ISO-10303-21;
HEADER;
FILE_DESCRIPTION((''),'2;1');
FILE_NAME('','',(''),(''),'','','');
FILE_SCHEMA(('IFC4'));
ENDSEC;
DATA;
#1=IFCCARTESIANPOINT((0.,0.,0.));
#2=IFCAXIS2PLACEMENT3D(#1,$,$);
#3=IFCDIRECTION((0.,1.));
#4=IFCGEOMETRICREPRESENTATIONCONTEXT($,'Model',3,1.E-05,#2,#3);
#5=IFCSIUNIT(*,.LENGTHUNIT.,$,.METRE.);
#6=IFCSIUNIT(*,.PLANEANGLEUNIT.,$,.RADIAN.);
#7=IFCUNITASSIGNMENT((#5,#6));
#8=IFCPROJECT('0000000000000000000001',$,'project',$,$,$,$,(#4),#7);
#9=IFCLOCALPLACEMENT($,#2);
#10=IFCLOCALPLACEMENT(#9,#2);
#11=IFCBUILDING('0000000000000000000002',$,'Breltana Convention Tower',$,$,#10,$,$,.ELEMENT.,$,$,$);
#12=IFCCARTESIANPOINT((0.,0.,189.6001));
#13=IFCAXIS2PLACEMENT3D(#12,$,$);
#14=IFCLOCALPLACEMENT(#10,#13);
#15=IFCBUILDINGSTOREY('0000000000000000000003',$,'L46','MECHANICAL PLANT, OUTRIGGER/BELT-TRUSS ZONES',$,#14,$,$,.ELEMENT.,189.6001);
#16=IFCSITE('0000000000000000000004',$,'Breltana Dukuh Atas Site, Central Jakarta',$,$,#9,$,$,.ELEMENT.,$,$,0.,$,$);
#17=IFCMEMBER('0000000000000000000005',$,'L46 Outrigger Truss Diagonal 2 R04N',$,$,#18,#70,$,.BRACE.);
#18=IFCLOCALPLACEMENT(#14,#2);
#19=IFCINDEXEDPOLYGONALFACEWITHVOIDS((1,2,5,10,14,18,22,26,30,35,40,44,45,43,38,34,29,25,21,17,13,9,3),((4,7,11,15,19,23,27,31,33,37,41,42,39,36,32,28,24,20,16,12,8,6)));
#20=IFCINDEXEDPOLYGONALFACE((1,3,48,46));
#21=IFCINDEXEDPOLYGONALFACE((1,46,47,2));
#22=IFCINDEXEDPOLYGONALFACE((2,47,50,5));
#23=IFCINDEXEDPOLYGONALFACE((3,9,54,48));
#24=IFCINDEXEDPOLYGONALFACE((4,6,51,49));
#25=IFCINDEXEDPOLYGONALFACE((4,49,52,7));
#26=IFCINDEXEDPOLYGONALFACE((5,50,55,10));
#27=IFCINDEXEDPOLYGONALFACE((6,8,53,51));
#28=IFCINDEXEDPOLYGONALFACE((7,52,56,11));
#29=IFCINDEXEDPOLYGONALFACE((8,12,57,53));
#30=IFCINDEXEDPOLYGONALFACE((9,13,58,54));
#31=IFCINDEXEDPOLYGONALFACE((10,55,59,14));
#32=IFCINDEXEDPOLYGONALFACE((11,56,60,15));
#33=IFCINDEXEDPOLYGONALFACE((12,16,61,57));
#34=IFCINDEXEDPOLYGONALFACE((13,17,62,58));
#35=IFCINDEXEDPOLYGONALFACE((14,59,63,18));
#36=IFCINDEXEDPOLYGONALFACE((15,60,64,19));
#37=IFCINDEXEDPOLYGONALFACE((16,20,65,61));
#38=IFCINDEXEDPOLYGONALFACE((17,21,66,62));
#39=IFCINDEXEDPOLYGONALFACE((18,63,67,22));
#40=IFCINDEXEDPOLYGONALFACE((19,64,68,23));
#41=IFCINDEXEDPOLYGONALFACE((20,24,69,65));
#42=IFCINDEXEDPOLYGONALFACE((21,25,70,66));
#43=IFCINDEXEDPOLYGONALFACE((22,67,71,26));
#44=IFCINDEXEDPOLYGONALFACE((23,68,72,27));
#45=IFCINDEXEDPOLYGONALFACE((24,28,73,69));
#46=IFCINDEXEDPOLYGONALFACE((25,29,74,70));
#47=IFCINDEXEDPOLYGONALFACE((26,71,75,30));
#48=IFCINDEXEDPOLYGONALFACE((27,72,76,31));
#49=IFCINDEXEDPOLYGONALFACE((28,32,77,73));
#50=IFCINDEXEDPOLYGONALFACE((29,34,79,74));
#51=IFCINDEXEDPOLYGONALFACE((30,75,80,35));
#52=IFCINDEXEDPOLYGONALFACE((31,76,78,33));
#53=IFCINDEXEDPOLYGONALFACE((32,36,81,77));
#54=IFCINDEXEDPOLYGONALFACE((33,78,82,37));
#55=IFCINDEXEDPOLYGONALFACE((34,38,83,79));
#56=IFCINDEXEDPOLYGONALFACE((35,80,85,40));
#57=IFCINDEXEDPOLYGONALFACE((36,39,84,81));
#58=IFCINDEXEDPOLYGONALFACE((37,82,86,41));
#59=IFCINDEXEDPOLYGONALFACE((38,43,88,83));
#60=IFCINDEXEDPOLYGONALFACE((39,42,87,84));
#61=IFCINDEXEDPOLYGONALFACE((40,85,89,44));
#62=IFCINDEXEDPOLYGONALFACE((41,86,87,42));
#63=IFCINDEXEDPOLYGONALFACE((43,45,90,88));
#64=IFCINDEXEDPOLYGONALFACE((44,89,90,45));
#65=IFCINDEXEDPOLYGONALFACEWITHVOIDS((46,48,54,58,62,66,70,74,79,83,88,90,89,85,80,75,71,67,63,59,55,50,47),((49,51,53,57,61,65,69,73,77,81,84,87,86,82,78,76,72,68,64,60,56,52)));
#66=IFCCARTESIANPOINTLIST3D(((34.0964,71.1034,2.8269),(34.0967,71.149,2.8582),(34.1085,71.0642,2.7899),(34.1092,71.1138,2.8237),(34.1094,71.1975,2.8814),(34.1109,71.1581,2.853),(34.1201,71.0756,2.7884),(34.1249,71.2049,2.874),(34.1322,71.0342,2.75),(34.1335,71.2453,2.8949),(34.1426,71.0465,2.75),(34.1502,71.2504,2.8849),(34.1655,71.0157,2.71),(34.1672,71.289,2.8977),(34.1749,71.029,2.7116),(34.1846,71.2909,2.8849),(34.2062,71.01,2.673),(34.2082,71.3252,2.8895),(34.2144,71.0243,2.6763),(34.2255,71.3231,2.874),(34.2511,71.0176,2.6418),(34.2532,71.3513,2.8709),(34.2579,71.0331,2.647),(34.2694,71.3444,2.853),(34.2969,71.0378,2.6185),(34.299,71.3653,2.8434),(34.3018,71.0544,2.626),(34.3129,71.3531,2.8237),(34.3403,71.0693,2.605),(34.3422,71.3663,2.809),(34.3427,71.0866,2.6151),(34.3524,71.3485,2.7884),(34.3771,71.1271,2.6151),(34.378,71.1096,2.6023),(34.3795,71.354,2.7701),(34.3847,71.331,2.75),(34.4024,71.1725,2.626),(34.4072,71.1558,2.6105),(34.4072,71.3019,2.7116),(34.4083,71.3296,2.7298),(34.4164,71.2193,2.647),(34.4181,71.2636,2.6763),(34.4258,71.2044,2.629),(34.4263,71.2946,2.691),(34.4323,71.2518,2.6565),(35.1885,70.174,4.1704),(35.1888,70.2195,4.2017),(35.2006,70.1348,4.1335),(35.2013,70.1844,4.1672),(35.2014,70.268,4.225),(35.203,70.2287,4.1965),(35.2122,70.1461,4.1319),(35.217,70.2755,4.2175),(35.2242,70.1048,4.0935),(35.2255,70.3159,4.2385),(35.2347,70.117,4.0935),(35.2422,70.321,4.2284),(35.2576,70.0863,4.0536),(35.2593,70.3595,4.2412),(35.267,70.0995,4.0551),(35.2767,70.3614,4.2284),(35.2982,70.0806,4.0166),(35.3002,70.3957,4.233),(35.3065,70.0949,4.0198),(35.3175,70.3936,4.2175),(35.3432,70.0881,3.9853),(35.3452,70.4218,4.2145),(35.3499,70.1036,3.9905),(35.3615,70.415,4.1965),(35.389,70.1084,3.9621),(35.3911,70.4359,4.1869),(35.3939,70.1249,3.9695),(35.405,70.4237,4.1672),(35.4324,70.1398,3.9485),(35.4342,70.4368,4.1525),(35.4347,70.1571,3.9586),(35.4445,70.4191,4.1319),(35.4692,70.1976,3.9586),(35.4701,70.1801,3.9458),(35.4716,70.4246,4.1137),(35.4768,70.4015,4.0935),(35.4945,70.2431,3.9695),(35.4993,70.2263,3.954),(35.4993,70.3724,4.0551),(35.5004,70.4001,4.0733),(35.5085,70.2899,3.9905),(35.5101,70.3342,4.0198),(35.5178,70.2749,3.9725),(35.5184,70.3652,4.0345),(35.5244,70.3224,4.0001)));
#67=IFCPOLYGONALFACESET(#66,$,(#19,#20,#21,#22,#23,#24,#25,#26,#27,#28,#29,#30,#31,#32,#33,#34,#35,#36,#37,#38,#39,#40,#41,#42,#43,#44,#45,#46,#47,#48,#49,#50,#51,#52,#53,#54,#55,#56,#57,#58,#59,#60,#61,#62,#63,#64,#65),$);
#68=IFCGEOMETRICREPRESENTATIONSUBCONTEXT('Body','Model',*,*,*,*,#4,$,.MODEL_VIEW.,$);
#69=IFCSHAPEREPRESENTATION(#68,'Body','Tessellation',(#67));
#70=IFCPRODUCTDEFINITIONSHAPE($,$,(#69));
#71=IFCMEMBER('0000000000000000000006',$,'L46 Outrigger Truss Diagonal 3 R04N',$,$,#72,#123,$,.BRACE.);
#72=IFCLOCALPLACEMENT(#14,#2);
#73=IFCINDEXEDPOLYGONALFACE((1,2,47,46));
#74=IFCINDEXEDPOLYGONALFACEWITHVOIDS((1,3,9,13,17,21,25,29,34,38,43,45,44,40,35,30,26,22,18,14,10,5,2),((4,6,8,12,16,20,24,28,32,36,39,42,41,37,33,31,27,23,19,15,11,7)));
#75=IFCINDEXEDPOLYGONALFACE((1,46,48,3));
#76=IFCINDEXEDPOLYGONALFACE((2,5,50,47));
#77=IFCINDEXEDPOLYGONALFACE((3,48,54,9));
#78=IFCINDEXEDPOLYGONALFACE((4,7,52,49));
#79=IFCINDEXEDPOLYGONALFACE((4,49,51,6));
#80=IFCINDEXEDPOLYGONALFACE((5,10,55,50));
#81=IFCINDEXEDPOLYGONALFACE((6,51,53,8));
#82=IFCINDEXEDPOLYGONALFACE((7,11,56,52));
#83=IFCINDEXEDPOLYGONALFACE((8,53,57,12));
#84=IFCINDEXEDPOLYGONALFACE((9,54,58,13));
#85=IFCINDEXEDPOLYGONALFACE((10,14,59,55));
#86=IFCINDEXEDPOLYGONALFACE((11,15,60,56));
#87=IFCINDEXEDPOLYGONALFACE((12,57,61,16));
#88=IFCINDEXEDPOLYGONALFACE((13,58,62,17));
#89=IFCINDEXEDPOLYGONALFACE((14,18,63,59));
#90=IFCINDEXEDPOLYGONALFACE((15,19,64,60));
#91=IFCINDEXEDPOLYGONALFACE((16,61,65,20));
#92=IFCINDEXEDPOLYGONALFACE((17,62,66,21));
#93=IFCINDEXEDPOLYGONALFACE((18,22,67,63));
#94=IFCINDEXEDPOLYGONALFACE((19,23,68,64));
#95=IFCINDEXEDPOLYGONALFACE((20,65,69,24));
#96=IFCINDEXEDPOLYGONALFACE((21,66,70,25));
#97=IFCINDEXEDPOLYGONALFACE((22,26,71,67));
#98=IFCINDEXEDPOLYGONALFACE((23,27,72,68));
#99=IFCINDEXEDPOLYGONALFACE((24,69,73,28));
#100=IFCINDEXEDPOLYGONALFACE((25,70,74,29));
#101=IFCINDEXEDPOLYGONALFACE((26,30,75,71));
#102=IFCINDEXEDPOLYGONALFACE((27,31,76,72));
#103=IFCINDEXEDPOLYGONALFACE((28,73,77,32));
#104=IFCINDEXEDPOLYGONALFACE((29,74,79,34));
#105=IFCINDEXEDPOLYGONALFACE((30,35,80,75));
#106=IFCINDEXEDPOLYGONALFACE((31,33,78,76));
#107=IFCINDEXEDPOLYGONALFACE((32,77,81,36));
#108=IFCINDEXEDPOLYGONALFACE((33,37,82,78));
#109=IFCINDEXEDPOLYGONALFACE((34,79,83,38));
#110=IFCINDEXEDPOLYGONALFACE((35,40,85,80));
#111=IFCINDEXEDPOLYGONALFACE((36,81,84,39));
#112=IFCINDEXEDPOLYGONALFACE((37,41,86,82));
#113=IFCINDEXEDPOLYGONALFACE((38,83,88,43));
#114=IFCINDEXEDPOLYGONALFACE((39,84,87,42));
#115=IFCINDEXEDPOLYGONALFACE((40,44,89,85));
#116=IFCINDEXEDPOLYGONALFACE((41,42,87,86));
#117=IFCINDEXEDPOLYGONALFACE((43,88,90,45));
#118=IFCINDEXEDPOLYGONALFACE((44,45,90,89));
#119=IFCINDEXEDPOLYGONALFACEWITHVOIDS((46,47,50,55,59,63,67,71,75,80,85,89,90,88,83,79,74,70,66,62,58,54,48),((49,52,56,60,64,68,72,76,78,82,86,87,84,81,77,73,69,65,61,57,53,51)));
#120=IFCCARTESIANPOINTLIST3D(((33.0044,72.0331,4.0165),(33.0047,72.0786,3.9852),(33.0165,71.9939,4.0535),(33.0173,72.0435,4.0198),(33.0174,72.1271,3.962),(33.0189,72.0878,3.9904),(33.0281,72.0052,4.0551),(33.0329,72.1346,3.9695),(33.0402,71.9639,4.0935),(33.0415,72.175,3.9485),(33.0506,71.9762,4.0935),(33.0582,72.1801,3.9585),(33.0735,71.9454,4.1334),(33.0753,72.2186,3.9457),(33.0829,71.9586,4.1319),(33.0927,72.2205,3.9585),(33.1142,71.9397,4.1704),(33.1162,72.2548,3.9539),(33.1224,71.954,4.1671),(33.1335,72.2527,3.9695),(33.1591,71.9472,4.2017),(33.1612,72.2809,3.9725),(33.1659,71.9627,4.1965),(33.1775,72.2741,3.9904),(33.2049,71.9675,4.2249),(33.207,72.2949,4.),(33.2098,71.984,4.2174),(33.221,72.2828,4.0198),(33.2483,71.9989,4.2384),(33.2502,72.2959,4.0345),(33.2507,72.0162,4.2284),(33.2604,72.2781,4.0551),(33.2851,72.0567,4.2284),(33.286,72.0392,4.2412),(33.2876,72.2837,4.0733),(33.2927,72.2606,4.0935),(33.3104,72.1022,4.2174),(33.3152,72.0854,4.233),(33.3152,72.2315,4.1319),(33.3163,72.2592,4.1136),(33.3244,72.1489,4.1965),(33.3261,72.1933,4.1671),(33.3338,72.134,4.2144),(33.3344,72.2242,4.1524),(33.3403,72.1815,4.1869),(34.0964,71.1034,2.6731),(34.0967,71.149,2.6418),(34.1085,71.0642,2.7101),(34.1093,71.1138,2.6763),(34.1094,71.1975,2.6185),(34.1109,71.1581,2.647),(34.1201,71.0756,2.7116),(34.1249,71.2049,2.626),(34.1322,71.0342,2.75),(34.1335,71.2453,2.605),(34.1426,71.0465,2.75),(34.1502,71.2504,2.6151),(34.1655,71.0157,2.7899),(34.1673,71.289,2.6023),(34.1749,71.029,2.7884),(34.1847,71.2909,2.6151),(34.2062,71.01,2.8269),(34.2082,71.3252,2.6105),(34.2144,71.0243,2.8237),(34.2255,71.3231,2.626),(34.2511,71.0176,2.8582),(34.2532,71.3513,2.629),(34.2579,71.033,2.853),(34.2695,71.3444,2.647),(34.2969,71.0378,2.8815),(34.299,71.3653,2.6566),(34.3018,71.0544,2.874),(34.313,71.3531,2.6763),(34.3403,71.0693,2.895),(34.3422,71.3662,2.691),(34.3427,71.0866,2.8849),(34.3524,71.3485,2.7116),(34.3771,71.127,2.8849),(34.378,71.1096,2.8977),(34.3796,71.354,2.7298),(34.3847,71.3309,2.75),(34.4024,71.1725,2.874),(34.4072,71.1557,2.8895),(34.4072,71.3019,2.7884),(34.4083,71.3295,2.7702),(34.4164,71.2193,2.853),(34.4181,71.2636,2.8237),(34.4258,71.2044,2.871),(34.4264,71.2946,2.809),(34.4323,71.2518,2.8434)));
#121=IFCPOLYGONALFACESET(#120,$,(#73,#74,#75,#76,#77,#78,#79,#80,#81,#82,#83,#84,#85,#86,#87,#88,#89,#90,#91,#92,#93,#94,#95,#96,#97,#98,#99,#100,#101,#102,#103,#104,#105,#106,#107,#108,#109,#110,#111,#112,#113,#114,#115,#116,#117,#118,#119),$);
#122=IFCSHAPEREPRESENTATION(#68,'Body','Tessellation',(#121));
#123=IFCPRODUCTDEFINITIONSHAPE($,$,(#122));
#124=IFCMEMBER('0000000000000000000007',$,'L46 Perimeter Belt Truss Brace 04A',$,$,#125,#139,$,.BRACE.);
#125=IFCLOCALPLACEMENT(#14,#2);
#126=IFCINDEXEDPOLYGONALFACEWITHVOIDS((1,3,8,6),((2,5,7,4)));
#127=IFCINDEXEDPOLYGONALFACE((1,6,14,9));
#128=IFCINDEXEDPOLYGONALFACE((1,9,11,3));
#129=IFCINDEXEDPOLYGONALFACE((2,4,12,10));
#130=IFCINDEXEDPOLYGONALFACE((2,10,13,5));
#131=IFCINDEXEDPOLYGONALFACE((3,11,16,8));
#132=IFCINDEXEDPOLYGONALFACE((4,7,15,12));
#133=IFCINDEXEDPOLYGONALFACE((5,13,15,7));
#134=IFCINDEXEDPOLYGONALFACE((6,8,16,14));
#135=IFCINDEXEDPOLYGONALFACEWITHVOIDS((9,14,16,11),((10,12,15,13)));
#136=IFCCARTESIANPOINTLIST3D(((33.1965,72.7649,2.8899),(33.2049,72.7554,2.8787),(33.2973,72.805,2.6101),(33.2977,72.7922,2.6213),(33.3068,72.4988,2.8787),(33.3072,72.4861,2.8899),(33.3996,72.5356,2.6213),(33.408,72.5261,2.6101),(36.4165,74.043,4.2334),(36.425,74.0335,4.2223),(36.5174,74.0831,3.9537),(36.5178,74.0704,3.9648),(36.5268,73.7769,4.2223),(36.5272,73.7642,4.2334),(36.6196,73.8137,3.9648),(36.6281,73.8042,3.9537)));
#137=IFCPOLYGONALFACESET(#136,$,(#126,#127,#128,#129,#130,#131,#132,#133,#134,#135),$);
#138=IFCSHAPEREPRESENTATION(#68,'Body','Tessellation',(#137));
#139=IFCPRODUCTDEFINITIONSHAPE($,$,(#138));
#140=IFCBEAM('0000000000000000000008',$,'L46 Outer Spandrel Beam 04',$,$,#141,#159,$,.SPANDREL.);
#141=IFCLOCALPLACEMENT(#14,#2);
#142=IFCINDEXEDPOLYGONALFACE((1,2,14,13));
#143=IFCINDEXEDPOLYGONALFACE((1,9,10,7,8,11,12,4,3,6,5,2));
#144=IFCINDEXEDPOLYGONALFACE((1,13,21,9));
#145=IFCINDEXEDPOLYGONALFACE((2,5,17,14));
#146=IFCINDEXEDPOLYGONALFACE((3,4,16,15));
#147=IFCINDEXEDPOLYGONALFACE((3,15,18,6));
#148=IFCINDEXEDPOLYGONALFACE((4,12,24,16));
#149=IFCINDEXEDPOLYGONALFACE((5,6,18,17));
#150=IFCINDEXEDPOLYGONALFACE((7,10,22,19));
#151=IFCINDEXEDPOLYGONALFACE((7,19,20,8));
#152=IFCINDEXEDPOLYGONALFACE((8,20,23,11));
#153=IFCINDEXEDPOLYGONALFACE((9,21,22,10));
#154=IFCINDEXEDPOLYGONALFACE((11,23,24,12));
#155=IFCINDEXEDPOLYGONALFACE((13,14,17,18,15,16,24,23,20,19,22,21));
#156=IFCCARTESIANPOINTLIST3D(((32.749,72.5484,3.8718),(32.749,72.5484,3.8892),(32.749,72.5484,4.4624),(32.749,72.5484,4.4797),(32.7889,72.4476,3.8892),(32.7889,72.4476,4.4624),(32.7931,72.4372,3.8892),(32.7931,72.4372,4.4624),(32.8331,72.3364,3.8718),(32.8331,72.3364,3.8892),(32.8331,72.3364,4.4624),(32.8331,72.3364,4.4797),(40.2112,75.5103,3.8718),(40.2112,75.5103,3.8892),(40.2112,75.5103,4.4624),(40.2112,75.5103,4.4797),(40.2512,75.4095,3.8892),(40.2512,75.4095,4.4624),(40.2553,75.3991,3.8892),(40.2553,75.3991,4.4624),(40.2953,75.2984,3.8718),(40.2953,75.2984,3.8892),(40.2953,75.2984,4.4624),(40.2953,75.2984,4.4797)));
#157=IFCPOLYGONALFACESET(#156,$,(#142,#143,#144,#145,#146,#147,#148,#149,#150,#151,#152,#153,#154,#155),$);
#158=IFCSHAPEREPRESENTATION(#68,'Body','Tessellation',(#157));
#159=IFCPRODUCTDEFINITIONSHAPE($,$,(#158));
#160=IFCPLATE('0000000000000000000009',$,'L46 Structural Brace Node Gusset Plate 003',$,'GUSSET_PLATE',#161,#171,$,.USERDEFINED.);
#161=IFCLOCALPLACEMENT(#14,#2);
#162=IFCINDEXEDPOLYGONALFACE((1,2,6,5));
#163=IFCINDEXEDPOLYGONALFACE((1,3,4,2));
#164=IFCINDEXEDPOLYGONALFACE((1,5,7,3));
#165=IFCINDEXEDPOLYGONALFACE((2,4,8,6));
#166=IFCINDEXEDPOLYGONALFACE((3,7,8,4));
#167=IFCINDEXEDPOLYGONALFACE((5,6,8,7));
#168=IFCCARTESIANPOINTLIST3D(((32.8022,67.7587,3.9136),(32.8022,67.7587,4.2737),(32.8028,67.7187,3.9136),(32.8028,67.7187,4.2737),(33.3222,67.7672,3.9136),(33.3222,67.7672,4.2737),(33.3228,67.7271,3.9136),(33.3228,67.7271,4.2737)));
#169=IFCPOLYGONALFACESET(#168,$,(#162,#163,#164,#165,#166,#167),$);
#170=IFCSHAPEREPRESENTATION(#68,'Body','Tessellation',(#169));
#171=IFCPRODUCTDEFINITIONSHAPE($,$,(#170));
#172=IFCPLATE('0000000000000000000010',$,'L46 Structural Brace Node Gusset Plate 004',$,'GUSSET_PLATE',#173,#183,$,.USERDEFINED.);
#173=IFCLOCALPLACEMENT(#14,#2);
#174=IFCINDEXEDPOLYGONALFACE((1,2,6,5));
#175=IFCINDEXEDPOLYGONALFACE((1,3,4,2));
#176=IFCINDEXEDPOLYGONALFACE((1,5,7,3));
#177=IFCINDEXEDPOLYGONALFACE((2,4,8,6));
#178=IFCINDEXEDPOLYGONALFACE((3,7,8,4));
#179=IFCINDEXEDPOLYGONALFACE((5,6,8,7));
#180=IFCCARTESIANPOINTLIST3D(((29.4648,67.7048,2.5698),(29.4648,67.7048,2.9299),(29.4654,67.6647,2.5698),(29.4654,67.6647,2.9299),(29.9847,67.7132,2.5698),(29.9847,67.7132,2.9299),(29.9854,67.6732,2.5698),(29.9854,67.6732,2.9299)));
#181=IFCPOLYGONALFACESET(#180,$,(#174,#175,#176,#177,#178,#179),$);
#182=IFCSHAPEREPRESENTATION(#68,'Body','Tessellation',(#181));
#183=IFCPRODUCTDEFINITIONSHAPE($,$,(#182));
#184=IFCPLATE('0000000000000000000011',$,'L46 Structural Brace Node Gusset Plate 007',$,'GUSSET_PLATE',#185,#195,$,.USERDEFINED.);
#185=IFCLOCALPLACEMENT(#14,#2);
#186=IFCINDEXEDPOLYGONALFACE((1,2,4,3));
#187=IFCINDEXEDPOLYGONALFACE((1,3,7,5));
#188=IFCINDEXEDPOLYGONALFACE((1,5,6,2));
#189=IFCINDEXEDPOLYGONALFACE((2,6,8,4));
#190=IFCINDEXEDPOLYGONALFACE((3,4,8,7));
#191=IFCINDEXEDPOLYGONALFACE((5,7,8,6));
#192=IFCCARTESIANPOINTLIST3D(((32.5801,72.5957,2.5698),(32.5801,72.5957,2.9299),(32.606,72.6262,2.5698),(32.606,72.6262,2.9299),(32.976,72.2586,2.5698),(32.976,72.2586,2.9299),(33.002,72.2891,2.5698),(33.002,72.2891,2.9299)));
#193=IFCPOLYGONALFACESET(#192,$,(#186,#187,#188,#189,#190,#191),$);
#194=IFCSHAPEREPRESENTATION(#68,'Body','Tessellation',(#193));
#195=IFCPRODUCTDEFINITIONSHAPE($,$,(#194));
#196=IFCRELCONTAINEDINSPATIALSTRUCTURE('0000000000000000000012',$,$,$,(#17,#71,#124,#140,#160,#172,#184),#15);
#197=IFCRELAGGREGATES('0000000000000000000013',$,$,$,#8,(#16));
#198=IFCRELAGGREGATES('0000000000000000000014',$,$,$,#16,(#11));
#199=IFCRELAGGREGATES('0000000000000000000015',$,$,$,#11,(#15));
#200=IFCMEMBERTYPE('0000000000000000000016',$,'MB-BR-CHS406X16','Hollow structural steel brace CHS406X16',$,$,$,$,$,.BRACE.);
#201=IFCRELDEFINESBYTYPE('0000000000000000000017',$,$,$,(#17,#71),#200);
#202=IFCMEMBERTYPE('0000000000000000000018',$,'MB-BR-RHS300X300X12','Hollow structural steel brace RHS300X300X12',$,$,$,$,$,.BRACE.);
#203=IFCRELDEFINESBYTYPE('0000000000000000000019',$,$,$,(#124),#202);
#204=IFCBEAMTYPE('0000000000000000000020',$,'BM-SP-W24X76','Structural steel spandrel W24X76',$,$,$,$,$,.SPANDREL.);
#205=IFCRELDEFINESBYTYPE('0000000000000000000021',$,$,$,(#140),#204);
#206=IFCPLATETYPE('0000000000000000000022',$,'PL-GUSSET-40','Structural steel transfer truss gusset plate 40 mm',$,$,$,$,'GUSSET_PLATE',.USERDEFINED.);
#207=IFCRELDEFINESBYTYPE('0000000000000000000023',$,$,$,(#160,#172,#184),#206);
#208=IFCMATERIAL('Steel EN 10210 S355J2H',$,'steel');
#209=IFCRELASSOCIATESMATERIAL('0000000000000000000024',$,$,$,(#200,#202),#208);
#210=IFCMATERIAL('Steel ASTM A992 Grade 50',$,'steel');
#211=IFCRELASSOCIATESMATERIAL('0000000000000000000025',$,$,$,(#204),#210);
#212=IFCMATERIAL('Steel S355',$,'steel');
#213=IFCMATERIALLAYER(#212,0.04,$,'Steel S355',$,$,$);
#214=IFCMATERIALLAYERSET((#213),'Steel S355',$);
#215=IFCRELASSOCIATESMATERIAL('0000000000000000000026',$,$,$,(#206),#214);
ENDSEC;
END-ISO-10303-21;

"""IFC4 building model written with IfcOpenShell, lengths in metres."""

from ifc_helpers import new_model, si_unit, direction, frame, origin, origin_2d, place, context, subcontext, project, spatial, rectangle, hollow_rectangle, hollow_circle, i_section, extrude, source, transform, mapped, material, layer, layer_set, material_profile, profile_set, type_object, element, save


model = new_model("IFC4")

# Units and contexts
model_context = context("Model", 3, precision=1e-05, world=origin(), true_north=direction((0.0, 1.0)))
body_context = subcontext(model_context, "Body", "Model", "MODEL_VIEW")
ifc_project = project(units=[si_unit("LENGTHUNIT", "METRE"), si_unit("PLANEANGLEUNIT", "RADIAN")], contexts=[model_context])

# Site, building, storey
site_placement = place(None, origin())
site = spatial("IfcSite", under=ifc_project, at=site_placement, Name="Breltana Dukuh Atas Site, Central Jakarta", CompositionType="ELEMENT", RefElevation=0.0)
building_placement = place(site_placement, origin())
building = spatial("IfcBuilding", under=site, at=building_placement, Name="Breltana Convention Tower", CompositionType="ELEMENT")
storey_placement = place(building_placement, frame((0.0, 0.0, 189.6001)))
storey = spatial("IfcBuildingStorey", under=building, at=storey_placement, Name="L46", Description="MECHANICAL PLANT, OUTRIGGER/BELT-TRUSS ZONES", CompositionType="ELEMENT", Elevation=189.6001)

# Shared definitions
ifc_material_1 = material(Name="Steel ASTM A992 Grade 50", Category="steel")

# Members
ifc_material_2 = material(Name="Steel EN 10210 S355J2H", Category="steel")
ifc_material_profile_1 = material_profile(ifc_material_2, hollow_circle(Radius=0.2029, WallThickness=0.0161, at=origin_2d()), Name="CHS406X16")
ifc_profile_set_1 = profile_set([ifc_material_profile_1], Name="Steel EN 10210 S355J2H")
member_type_1 = type_object("IfcMemberType", Name="MB-BR-CHS406X16", Description="Hollow structural steel brace CHS406X16", PredefinedType="BRACE", material=ifc_profile_set_1)
shared_shape_1 = source(origin(), body_context, "Body", "SweptSolid", [
    extrude(hollow_circle(Radius=0.2029, WallThickness=0.0161, at=origin_2d()), origin(), (0.0, 0.0, 1.0), 1.9651),
])
for number, where, z_axis, x_axis, name in (
    (1, (35.3557, 70.2593, 4.0935), (-0.555732, 0.472987, -0.6837), (-0.648138, -0.761523, 0.0), "L46 Outrigger Truss Diagonal 2 R04N"),
    (2, (34.2637, 71.1887, 2.75), (-0.555699, 0.473083, 0.68366), (-0.648236, -0.761439, 0.0), "L46 Outrigger Truss Diagonal 3 R04N"),
):
    element("IfcMember", number, at=place(storey_placement, frame(where, z_axis=z_axis, x_axis=x_axis)), inside=storey, type_object=member_type_1, Name=name, PredefinedType="BRACE", context=body_context, shape_type="MappedRepresentation", body=[
        mapped(shared_shape_1, transform((0.0, 0.0, 0.0), scale=1.0)),
    ])
ifc_material_profile_2 = material_profile(ifc_material_2, hollow_rectangle(XDim=0.3, YDim=0.3, WallThickness=0.012, at=origin_2d()), Name="RHS300X300X12")
ifc_profile_set_2 = profile_set([ifc_material_profile_2], Name="Steel EN 10210 S355J2H")
member_type_2 = type_object("IfcMemberType", Name="MB-BR-RHS300X300X12", Description="Hollow structural steel brace RHS300X300X12", PredefinedType="BRACE", material=ifc_profile_set_2)
shared_shape_2 = source(origin(), body_context, "Body", "SweptSolid", [
    extrude(hollow_rectangle(XDim=0.3, YDim=0.3, WallThickness=0.012, at=origin_2d()), origin(), (0.0, 0.0, 1.0), 3.7158),
])
member_placement = place(storey_placement, frame((33.3022, 72.6455, 2.75), z_axis=(0.866577, 0.343963, 0.361572), x_axis=(-0.368923, 0.92946, 0.0)))
element("IfcMember", 3, at=member_placement, inside=storey, type_object=member_type_2, Name="L46 Perimeter Belt Truss Brace 04A", PredefinedType="BRACE", context=body_context, shape_type="MappedRepresentation", body=[
    mapped(shared_shape_2, transform((0.0, 0.0, 0.0), scale=1.0)),
])

# Beam
ifc_material_profile_3 = material_profile(ifc_material_1, i_section(OverallWidth=0.228, OverallDepth=0.6079, WebThickness=0.0112, FlangeThickness=0.0173, at=origin_2d()), Name="W24X76")
ifc_profile_set_3 = profile_set([ifc_material_profile_3], Name="Steel ASTM A992 Grade 50")
beam_type_1 = type_object("IfcBeamType", Name="BM-SP-W24X76", Description="Structural steel spandrel W24X76", PredefinedType="SPANDREL", material=ifc_profile_set_3)
shared_shape_3 = source(origin(), body_context, "Body", "SweptSolid", [
    extrude(i_section(OverallWidth=0.228, OverallDepth=0.6079, WebThickness=0.0112, FlangeThickness=0.0173, at=origin_2d()), origin(), (0.0, 0.0, 1.0), 8.0286),
])
beam_1_placement = place(storey_placement, frame((32.791, 72.4424, 4.1758), z_axis=(0.929459, 0.368925, 0.0), x_axis=(-0.368925, 0.929459, 0.0)))
element("IfcBeam", 4, at=beam_1_placement, inside=storey, type_object=beam_type_1, Name="L46 Outer Spandrel Beam 04", PredefinedType="SPANDREL", context=body_context, shape_type="MappedRepresentation", body=[
    mapped(shared_shape_3, transform((0.0, 0.0, 0.0), scale=1.0)),
])

# Plates
ifc_material_3 = material(Name="Steel S355", Category="steel")
ifc_layer_1 = layer(ifc_material_3, 0.04, Name="Steel S355")
ifc_layer_set_1 = layer_set([ifc_layer_1], Name="Steel S355")
plate_type = type_object("IfcPlateType", Name="PL-GUSSET-40", Description="Structural steel transfer truss gusset plate 40 mm", ElementType="GUSSET_PLATE", PredefinedType="USERDEFINED", material=ifc_layer_set_1)
shared_shape_4 = source(origin(), body_context, "Body", "SweptSolid", [
    extrude(rectangle(XDim=0.52, YDim=0.04, at=origin_2d()), origin(), (0.0, 0.0, 1.0), 0.3601),
])
for number, where, z_axis, x_axis, name in (
    (5, (33.0625, 67.7429, 3.9136), (0.0, 0.0, 1.0), (-0.999868, -0.016231, 0.0), "L46 Structural Brace Node Gusset Plate 003"),
    (6, (29.7251, 67.689, 2.5698), (0.0, 0.0, 1.0), (-0.999868, -0.016231, 0.0), "L46 Structural Brace Node Gusset Plate 004"),
    (7, (32.791, 72.4424, 2.5698), (0.0, 0.0, 1.0), (-0.761425, 0.648253, 0.0), "L46 Structural Brace Node Gusset Plate 007"),
):
    element("IfcPlate", number, at=place(storey_placement, frame(where, z_axis=z_axis, x_axis=x_axis)), inside=storey, type_object=plate_type, Name=name, ObjectType="GUSSET_PLATE", PredefinedType="USERDEFINED", context=body_context, shape_type="MappedRepresentation", body=[
        mapped(shared_shape_4, transform((0.0, 0.0, 0.0), scale=1.0)),
    ])

save(model, "model.ifc")
